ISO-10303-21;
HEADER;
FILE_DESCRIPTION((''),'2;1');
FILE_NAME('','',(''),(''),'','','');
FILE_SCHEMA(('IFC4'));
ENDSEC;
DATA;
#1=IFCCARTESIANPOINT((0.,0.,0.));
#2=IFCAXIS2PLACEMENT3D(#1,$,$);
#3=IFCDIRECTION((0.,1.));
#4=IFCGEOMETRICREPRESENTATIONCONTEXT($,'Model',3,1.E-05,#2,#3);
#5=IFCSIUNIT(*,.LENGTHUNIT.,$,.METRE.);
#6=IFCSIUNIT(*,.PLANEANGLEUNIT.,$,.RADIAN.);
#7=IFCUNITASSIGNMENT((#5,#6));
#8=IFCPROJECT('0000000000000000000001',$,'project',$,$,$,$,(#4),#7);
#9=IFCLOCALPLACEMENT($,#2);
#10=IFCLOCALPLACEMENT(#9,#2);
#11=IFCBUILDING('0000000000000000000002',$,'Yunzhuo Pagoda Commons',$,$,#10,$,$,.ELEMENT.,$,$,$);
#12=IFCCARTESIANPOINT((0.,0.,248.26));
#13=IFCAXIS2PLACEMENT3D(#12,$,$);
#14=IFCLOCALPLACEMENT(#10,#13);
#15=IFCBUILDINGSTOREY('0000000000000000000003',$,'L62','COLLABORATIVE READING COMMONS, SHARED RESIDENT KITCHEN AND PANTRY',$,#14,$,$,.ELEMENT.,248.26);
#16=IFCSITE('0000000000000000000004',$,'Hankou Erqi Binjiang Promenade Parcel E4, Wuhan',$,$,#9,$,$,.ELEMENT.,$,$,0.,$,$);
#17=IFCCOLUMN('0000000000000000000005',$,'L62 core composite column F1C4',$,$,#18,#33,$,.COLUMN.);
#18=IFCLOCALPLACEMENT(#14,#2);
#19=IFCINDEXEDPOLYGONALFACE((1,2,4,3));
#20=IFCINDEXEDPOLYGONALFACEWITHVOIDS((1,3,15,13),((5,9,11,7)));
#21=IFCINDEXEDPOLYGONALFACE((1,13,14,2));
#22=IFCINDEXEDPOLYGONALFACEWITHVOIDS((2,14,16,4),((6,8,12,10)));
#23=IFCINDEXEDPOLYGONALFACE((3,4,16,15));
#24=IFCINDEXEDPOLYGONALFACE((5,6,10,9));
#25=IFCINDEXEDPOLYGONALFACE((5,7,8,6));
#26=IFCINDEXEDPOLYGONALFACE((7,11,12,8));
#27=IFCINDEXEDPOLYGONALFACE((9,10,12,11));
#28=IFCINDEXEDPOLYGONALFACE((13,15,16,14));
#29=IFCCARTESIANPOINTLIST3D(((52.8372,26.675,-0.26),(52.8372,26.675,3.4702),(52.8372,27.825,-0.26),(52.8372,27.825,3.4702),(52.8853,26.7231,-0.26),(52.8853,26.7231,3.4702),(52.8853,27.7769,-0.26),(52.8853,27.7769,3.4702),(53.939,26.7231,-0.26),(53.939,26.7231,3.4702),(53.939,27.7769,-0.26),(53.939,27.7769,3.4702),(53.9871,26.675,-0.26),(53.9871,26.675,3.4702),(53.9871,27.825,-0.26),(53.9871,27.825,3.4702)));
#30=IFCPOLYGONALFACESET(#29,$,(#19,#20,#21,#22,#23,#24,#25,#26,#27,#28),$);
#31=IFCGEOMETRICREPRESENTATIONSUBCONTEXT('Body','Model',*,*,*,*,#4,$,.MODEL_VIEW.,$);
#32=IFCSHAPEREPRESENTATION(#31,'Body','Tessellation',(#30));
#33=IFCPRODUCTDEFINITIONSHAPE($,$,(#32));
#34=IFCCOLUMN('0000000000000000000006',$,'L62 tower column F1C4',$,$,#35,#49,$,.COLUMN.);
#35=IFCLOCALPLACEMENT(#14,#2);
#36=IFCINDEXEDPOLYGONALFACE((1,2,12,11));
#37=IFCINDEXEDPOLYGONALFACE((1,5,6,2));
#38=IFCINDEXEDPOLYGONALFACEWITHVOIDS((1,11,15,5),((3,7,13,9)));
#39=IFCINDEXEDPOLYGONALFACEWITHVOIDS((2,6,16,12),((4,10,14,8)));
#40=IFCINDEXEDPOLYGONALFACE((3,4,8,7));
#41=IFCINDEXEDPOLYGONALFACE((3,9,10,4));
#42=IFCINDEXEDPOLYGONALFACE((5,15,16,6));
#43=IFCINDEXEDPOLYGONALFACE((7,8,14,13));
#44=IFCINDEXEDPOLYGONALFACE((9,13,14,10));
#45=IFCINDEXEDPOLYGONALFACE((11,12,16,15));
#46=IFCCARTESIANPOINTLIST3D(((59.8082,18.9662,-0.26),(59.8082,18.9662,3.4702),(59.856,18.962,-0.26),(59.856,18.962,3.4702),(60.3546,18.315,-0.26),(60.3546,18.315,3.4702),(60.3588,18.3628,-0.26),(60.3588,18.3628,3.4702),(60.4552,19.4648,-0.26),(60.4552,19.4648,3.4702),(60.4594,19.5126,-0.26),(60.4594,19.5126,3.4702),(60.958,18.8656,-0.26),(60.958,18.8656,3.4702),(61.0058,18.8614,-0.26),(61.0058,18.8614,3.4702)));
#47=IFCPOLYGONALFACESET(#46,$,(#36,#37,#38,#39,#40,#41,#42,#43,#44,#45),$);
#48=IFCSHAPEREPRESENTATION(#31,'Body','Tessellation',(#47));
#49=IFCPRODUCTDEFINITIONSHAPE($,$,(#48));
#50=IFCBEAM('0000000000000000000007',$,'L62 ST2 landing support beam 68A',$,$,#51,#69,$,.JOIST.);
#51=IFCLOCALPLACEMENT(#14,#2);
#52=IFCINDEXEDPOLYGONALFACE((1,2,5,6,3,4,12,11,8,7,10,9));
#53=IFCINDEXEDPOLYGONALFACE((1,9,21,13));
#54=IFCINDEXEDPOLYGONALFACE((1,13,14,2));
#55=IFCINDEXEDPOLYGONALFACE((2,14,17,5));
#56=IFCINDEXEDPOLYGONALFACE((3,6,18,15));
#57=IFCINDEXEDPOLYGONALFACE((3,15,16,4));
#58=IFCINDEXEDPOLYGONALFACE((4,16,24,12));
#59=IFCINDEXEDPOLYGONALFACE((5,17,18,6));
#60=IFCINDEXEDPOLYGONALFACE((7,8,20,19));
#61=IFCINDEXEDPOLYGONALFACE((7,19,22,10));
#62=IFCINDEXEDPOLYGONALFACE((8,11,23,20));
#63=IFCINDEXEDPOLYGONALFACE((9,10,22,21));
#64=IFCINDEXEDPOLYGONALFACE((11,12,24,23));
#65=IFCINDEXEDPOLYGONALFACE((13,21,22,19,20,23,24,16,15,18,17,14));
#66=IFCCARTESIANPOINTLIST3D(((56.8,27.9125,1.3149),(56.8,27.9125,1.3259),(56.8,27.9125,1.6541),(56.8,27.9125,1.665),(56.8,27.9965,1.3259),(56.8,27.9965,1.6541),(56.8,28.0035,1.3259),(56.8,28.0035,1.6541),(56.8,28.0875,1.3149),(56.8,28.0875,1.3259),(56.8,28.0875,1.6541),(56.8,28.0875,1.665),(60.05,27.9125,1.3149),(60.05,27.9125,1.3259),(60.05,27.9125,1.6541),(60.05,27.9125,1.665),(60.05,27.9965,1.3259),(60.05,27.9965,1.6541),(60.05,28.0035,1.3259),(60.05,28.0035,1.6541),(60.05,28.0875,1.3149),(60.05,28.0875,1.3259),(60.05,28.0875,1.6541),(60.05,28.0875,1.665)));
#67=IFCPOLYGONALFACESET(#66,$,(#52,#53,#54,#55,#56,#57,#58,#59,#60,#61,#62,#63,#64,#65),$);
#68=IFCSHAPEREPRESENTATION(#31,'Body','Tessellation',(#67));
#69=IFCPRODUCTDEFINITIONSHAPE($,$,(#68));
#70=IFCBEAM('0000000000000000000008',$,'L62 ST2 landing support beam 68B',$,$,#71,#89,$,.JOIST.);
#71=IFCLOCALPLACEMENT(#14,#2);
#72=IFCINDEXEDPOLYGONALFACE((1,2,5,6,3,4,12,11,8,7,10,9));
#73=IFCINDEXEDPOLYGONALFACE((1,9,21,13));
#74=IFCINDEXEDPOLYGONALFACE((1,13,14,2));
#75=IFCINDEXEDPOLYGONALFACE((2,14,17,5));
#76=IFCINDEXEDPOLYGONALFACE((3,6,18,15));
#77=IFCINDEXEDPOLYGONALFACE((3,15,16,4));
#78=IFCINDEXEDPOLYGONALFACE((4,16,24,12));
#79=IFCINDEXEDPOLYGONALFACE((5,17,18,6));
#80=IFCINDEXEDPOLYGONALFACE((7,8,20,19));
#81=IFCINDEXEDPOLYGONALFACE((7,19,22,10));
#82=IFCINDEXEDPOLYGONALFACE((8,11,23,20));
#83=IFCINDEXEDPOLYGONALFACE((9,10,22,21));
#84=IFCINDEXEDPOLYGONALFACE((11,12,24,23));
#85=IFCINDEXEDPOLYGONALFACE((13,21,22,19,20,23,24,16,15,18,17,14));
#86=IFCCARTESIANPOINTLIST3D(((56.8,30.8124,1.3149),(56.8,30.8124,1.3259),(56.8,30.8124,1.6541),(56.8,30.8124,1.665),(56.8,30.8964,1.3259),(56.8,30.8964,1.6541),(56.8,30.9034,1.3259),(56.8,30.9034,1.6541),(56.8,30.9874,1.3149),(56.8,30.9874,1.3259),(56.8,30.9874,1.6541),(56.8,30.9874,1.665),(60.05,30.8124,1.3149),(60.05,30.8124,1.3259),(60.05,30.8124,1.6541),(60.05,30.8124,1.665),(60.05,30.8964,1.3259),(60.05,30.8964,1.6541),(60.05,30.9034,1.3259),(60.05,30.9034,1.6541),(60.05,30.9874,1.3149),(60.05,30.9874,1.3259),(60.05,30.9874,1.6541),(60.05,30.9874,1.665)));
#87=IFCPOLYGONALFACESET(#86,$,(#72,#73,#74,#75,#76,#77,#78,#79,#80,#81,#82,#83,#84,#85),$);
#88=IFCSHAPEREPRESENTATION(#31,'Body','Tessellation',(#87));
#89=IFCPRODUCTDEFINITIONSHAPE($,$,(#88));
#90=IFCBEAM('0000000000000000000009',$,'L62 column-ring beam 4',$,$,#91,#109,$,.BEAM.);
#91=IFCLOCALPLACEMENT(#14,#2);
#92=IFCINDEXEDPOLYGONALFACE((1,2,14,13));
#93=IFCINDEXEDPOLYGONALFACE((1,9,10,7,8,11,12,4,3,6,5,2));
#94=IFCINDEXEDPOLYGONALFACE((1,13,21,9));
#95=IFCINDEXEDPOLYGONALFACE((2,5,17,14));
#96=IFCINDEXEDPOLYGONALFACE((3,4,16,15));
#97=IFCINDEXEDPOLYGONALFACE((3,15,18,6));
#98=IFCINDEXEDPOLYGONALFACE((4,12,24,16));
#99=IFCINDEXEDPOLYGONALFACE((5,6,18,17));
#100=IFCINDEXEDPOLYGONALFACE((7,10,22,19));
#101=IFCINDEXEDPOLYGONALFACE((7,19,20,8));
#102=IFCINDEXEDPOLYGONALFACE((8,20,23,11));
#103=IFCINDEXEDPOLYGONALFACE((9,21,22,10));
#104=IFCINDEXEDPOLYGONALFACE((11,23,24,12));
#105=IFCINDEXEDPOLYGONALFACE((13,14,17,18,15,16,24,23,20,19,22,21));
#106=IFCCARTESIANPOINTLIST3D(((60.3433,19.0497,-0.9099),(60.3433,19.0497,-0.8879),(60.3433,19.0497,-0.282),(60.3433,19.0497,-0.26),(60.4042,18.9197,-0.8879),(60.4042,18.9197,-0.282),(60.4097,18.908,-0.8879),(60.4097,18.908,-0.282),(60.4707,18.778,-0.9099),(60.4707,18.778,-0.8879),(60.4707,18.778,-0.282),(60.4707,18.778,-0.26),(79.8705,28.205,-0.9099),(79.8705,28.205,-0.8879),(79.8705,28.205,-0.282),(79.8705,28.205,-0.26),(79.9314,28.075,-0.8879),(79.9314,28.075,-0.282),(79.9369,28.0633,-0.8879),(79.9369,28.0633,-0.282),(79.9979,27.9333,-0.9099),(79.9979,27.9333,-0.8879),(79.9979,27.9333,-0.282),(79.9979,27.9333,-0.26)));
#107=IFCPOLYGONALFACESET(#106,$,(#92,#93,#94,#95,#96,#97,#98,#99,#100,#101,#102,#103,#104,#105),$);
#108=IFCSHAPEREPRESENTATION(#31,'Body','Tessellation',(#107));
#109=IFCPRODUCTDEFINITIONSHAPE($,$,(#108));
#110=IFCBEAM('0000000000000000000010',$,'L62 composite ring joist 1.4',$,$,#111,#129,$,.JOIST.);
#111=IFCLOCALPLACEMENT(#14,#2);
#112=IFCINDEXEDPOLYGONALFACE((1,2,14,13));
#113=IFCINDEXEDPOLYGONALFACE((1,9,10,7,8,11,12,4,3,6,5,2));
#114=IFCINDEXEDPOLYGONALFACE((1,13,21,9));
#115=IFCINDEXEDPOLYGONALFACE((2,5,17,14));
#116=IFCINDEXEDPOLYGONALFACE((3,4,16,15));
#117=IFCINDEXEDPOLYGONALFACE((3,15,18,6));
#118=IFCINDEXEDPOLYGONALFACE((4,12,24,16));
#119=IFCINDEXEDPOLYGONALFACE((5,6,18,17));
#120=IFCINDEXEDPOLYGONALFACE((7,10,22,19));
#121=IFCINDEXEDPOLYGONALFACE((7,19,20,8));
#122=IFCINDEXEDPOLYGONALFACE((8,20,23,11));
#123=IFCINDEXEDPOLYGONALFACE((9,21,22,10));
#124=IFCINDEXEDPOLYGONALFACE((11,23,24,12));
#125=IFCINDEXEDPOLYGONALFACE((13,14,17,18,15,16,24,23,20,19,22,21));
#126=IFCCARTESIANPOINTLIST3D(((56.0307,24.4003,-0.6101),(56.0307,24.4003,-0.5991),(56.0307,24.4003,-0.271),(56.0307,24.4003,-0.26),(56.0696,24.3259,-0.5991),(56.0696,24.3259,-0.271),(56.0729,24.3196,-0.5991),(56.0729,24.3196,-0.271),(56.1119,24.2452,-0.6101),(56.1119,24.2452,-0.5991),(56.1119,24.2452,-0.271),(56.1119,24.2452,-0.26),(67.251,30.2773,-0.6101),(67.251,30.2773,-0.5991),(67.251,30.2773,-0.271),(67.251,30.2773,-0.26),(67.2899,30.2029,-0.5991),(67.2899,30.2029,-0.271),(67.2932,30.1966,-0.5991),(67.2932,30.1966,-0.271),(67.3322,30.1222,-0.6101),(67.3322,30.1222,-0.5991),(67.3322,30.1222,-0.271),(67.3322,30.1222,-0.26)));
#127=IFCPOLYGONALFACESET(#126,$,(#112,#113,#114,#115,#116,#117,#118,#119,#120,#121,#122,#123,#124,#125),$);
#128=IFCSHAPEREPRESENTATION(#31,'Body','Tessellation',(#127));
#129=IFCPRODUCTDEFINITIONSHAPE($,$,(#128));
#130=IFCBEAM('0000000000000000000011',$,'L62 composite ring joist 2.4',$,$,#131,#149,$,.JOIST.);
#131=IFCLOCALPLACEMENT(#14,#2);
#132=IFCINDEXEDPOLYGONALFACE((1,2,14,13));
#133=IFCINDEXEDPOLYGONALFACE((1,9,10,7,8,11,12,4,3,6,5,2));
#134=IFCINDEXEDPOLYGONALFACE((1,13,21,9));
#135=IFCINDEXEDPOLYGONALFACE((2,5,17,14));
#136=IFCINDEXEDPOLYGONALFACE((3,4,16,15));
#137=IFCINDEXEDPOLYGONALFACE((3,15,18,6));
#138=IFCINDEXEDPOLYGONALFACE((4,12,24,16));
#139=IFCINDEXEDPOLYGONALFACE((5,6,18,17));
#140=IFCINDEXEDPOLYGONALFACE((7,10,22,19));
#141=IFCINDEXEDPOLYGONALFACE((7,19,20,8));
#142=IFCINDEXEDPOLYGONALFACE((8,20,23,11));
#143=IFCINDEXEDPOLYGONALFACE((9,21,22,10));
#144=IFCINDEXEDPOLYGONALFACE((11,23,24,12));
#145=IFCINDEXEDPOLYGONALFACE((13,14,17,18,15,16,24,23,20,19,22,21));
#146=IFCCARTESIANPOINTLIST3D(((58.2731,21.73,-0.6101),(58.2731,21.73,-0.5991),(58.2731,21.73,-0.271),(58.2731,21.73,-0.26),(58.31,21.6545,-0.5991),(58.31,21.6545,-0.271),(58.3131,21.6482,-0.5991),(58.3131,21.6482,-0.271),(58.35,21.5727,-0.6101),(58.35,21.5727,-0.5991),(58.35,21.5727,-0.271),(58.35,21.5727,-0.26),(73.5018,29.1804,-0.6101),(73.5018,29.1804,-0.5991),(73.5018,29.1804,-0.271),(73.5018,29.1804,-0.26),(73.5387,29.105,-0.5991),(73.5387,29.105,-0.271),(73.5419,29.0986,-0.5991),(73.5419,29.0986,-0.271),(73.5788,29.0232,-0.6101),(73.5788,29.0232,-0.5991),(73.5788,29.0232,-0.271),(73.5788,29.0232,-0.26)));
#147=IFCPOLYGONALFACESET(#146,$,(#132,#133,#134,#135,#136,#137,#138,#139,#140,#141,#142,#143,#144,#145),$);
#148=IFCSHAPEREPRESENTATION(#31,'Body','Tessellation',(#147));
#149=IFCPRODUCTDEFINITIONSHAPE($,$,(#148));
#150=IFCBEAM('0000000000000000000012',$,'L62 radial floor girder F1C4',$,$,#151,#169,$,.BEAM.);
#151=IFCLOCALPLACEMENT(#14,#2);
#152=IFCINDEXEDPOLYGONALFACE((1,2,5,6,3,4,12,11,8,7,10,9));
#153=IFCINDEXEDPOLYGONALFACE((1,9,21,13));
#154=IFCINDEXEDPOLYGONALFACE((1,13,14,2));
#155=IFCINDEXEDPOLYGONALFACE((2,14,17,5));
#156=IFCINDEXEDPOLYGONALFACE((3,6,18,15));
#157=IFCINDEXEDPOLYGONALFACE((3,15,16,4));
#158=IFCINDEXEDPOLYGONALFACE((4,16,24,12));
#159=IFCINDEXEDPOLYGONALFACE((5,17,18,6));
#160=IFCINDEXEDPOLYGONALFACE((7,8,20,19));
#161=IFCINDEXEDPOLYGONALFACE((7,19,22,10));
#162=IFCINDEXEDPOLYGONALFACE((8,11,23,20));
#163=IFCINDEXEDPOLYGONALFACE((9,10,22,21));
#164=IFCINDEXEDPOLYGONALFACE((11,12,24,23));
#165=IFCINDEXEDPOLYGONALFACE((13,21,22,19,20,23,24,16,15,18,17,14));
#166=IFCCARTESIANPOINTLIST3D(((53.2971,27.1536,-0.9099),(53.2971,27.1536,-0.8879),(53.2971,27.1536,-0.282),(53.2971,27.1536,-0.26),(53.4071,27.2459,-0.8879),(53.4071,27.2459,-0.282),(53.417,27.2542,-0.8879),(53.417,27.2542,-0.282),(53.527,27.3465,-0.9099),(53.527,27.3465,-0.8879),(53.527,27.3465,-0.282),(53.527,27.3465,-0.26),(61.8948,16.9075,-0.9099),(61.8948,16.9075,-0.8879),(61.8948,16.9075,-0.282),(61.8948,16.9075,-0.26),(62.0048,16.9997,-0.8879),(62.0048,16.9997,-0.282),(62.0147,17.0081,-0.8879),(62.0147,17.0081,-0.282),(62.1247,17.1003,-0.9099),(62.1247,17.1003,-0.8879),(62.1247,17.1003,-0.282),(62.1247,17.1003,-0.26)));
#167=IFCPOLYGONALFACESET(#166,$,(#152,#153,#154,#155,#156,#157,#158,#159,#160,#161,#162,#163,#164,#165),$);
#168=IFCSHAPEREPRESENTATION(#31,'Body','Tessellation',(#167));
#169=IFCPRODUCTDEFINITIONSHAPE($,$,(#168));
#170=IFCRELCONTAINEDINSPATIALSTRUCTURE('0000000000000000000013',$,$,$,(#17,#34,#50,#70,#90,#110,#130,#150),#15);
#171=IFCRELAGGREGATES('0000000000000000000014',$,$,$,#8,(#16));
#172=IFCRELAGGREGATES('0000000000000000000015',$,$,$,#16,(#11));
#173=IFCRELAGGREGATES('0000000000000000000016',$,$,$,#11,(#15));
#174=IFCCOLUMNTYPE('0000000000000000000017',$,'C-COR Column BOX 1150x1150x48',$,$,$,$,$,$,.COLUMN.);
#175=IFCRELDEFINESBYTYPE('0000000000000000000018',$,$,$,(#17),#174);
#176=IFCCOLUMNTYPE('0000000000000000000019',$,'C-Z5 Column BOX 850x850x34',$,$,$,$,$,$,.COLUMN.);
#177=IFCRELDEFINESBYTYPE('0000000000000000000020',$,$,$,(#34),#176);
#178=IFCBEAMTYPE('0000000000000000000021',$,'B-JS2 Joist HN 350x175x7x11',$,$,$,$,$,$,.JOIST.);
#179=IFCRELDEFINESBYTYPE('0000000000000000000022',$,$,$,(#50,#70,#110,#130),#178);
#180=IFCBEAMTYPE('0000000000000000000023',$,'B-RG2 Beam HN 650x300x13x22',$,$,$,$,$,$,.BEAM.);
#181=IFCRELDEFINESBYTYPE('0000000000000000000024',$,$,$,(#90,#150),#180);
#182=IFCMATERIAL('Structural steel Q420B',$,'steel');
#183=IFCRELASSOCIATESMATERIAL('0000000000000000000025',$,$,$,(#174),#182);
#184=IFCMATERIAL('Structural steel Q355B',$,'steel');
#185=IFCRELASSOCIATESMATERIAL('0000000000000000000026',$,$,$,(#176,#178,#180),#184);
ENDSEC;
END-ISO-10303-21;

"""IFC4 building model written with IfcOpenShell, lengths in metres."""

from ifc_helpers import new_model, si_unit, direction, frame, origin, origin_2d, place, context, subcontext, project, spatial, hollow_rectangle, i_section, extrude, source, transform, mapped, material, material_profile, profile_set, type_object, element, save


model = new_model("IFC4")

# Units and contexts
model_context = context("Model", 3, precision=1e-05, world=origin(), true_north=direction((0.0, 1.0)))
body_context = subcontext(model_context, "Body", "Model", "MODEL_VIEW")
ifc_project = project(units=[si_unit("LENGTHUNIT", "METRE"), si_unit("PLANEANGLEUNIT", "RADIAN")], contexts=[model_context])

# Site, building, storey
site_placement = place(None, origin())
site = spatial("IfcSite", under=ifc_project, at=site_placement, Name="Hankou Erqi Binjiang Promenade Parcel E4, Wuhan", CompositionType="ELEMENT", RefElevation=0.0)
building_placement = place(site_placement, origin())
building = spatial("IfcBuilding", under=site, at=building_placement, Name="Yunzhuo Pagoda Commons", CompositionType="ELEMENT")
storey_placement = place(building_placement, frame((0.0, 0.0, 248.26)))
storey = spatial("IfcBuildingStorey", under=building, at=storey_placement, Name="L62", Description="COLLABORATIVE READING COMMONS, SHARED RESIDENT KITCHEN AND PANTRY", CompositionType="ELEMENT", Elevation=248.26)

# Columns
ifc_material_1 = material(Name="Structural steel Q420B", Category="steel")
ifc_material_profile_1 = material_profile(ifc_material_1, hollow_rectangle(XDim=1.1499, YDim=1.1499, WallThickness=0.0481, at=origin_2d()), Name="Structural steel Q420B")
ifc_profile_set_1 = profile_set([ifc_material_profile_1], Name="Structural steel Q420B")
column_type_1 = type_object("IfcColumnType", Name="C-COR Column BOX 1150x1150x48", PredefinedType="COLUMN", material=ifc_profile_set_1)
shared_shape_1 = source(origin(), body_context, "Body", "SweptSolid", [
    extrude(hollow_rectangle(XDim=1.1499, YDim=1.1499, WallThickness=0.0481, at=origin_2d()), origin(), (0.0, 0.0, 1.0), 3.7302),
])
column_1_placement = place(storey_placement, frame((53.4121, 27.25, -0.26), z_axis=(0.0, 0.0, 1.0), x_axis=(1.0, 0.0, 0.0)))
element("IfcColumn", 1, at=column_1_placement, inside=storey, type_object=column_type_1, Name="L62 core composite column F1C4", PredefinedType="COLUMN", context=body_context, shape_type="MappedRepresentation", body=[
    mapped(shared_shape_1, transform((0.0, 0.0, 0.0), scale=1.0)),
])
ifc_material_2 = material(Name="Structural steel Q355B", Category="steel")
ifc_material_profile_2 = material_profile(ifc_material_2, hollow_rectangle(XDim=0.8501, YDim=0.8501, WallThickness=0.0339, at=origin_2d()), Name="Structural steel Q355B")
ifc_profile_set_2 = profile_set([ifc_material_profile_2], Name="Structural steel Q355B")
column_type_2 = type_object("IfcColumnType", Name="C-Z5 Column BOX 850x850x34", PredefinedType="COLUMN", material=ifc_profile_set_2)
shared_shape_2 = source(origin(), body_context, "Body", "SweptSolid", [
    extrude(hollow_rectangle(XDim=0.8501, YDim=0.8501, WallThickness=0.0339, at=origin_2d()), origin(), (0.0, 0.0, 1.0), 3.7302),
])
column_2_placement = place(storey_placement, frame((60.407, 18.9138, -0.26), z_axis=(0.0, 0.0, 1.0), x_axis=(0.766044, 0.642788, 0.0)))
element("IfcColumn", 2, at=column_2_placement, inside=storey, type_object=column_type_2, Name="L62 tower column F1C4", PredefinedType="COLUMN", context=body_context, shape_type="MappedRepresentation", body=[
    mapped(shared_shape_2, transform((0.0, 0.0, 0.0), scale=1.0)),
])

# Beams
ifc_material_profile_3 = material_profile(ifc_material_2, i_section(OverallWidth=0.175, OverallDepth=0.3501, WebThickness=0.0071, FlangeThickness=0.011, at=origin_2d()), Name="Structural steel Q355B")
ifc_profile_set_3 = profile_set([ifc_material_profile_3], Name="Structural steel Q355B")
beam_type_1 = type_object("IfcBeamType", Name="B-JS2 Joist HN 350x175x7x11", PredefinedType="JOIST", material=ifc_profile_set_3)
shared_shape_3 = source(origin(), body_context, "Body", "SweptSolid", [
    extrude(i_section(OverallWidth=0.175, OverallDepth=0.3501, WebThickness=0.0071, FlangeThickness=0.011, at=origin_2d()), origin(), (0.0, 0.0, 1.0), 3.25),
])
for number, where, z_axis, x_axis, name in (
    (3, (56.8, 28.0, 1.49), (1.0, 0.0, 0.0), (0.0, 1.0, 0.0), "L62 ST2 landing support beam 68A"),
    (4, (56.8, 30.8999, 1.49), (1.0, 0.0, 0.0), (0.0, 1.0, 0.0), "L62 ST2 landing support beam 68B"),
):
    element("IfcBeam", number, at=place(storey_placement, frame(where, z_axis=z_axis, x_axis=x_axis)), inside=storey, type_object=beam_type_1, Name=name, PredefinedType="JOIST", context=body_context, shape_type="MappedRepresentation", body=[
        mapped(shared_shape_3, transform((0.0, 0.0, 0.0), scale=1.0)),
    ])
ifc_material_profile_4 = material_profile(ifc_material_2, i_section(OverallWidth=0.3, OverallDepth=0.6499, WebThickness=0.0129, FlangeThickness=0.022, at=origin_2d()), Name="Structural steel Q355B")
ifc_profile_set_4 = profile_set([ifc_material_profile_4], Name="Structural steel Q355B")
beam_type_2 = type_object("IfcBeamType", Name="B-RG2 Beam HN 650x300x13x22", PredefinedType="BEAM", material=ifc_profile_set_4)
shared_shape_4 = source(origin(), body_context, "Body", "SweptSolid", [
    extrude(i_section(OverallWidth=0.3, OverallDepth=0.6499, WebThickness=0.0129, FlangeThickness=0.022, at=origin_2d()), origin(), (0.0, 0.0, 1.0), 21.5669),
])
beam_1_placement = place(storey_placement, frame((60.407, 18.9138, -0.585), z_axis=(0.905424, 0.424508, 0.0), x_axis=(-0.424508, 0.905424, 0.0)))
element("IfcBeam", 5, at=beam_1_placement, inside=storey, type_object=beam_type_2, Name="L62 column-ring beam 4", PredefinedType="BEAM", context=body_context, shape_type="MappedRepresentation", body=[
    mapped(shared_shape_4, transform((0.0, 0.0, 0.0), scale=1.0)),
])
shared_shape_5 = source(origin(), body_context, "Body", "SweptSolid", [
    extrude(i_section(OverallWidth=0.175, OverallDepth=0.3501, WebThickness=0.0071, FlangeThickness=0.011, at=origin_2d()), origin(), (0.0, 0.0, 1.0), 12.6663),
])
beam_2_placement = place(storey_placement, frame((56.0713, 24.3228, -0.4351), z_axis=(0.885841, 0.463988, 0.0), x_axis=(-0.463988, 0.885841, 0.0)))
element("IfcBeam", 6, at=beam_2_placement, inside=storey, type_object=beam_type_1, Name="L62 composite ring joist 1.4", PredefinedType="JOIST", context=body_context, shape_type="MappedRepresentation", body=[
    mapped(shared_shape_5, transform((0.0, 0.0, 0.0), scale=1.0)),
])
shared_shape_6 = source(origin(), body_context, "Body", "SweptSolid", [
    extrude(i_section(OverallWidth=0.175, OverallDepth=0.3501, WebThickness=0.0071, FlangeThickness=0.011, at=origin_2d()), origin(), (0.0, 0.0, 1.0), 16.9536),
])
beam_3_placement = place(storey_placement, frame((58.3115, 21.6514, -0.4351), z_axis=(0.898262, 0.439461, 0.0), x_axis=(-0.439461, 0.898262, 0.0)))
element("IfcBeam", 7, at=beam_3_placement, inside=storey, type_object=beam_type_1, Name="L62 composite ring joist 2.4", PredefinedType="JOIST", context=body_context, shape_type="MappedRepresentation", body=[
    mapped(shared_shape_6, transform((0.0, 0.0, 0.0), scale=1.0)),
])
shared_shape_7 = source(origin(), body_context, "Body", "SweptSolid", [
    extrude(i_section(OverallWidth=0.3, OverallDepth=0.6499, WebThickness=0.0129, FlangeThickness=0.022, at=origin_2d()), origin(), (0.0, 0.0, 1.0), 13.3755),
])
beam_4_placement = place(storey_placement, frame((62.0098, 17.0039, -0.585), z_axis=(-0.642795, 0.766038, 0.0), x_axis=(-0.766038, -0.642795, 0.0)))
element("IfcBeam", 8, at=beam_4_placement, inside=storey, type_object=beam_type_2, Name="L62 radial floor girder F1C4", PredefinedType="BEAM", context=body_context, shape_type="MappedRepresentation", body=[
    mapped(shared_shape_7, transform((0.0, 0.0, 0.0), scale=1.0)),
])

save(model, "model.ifc")
